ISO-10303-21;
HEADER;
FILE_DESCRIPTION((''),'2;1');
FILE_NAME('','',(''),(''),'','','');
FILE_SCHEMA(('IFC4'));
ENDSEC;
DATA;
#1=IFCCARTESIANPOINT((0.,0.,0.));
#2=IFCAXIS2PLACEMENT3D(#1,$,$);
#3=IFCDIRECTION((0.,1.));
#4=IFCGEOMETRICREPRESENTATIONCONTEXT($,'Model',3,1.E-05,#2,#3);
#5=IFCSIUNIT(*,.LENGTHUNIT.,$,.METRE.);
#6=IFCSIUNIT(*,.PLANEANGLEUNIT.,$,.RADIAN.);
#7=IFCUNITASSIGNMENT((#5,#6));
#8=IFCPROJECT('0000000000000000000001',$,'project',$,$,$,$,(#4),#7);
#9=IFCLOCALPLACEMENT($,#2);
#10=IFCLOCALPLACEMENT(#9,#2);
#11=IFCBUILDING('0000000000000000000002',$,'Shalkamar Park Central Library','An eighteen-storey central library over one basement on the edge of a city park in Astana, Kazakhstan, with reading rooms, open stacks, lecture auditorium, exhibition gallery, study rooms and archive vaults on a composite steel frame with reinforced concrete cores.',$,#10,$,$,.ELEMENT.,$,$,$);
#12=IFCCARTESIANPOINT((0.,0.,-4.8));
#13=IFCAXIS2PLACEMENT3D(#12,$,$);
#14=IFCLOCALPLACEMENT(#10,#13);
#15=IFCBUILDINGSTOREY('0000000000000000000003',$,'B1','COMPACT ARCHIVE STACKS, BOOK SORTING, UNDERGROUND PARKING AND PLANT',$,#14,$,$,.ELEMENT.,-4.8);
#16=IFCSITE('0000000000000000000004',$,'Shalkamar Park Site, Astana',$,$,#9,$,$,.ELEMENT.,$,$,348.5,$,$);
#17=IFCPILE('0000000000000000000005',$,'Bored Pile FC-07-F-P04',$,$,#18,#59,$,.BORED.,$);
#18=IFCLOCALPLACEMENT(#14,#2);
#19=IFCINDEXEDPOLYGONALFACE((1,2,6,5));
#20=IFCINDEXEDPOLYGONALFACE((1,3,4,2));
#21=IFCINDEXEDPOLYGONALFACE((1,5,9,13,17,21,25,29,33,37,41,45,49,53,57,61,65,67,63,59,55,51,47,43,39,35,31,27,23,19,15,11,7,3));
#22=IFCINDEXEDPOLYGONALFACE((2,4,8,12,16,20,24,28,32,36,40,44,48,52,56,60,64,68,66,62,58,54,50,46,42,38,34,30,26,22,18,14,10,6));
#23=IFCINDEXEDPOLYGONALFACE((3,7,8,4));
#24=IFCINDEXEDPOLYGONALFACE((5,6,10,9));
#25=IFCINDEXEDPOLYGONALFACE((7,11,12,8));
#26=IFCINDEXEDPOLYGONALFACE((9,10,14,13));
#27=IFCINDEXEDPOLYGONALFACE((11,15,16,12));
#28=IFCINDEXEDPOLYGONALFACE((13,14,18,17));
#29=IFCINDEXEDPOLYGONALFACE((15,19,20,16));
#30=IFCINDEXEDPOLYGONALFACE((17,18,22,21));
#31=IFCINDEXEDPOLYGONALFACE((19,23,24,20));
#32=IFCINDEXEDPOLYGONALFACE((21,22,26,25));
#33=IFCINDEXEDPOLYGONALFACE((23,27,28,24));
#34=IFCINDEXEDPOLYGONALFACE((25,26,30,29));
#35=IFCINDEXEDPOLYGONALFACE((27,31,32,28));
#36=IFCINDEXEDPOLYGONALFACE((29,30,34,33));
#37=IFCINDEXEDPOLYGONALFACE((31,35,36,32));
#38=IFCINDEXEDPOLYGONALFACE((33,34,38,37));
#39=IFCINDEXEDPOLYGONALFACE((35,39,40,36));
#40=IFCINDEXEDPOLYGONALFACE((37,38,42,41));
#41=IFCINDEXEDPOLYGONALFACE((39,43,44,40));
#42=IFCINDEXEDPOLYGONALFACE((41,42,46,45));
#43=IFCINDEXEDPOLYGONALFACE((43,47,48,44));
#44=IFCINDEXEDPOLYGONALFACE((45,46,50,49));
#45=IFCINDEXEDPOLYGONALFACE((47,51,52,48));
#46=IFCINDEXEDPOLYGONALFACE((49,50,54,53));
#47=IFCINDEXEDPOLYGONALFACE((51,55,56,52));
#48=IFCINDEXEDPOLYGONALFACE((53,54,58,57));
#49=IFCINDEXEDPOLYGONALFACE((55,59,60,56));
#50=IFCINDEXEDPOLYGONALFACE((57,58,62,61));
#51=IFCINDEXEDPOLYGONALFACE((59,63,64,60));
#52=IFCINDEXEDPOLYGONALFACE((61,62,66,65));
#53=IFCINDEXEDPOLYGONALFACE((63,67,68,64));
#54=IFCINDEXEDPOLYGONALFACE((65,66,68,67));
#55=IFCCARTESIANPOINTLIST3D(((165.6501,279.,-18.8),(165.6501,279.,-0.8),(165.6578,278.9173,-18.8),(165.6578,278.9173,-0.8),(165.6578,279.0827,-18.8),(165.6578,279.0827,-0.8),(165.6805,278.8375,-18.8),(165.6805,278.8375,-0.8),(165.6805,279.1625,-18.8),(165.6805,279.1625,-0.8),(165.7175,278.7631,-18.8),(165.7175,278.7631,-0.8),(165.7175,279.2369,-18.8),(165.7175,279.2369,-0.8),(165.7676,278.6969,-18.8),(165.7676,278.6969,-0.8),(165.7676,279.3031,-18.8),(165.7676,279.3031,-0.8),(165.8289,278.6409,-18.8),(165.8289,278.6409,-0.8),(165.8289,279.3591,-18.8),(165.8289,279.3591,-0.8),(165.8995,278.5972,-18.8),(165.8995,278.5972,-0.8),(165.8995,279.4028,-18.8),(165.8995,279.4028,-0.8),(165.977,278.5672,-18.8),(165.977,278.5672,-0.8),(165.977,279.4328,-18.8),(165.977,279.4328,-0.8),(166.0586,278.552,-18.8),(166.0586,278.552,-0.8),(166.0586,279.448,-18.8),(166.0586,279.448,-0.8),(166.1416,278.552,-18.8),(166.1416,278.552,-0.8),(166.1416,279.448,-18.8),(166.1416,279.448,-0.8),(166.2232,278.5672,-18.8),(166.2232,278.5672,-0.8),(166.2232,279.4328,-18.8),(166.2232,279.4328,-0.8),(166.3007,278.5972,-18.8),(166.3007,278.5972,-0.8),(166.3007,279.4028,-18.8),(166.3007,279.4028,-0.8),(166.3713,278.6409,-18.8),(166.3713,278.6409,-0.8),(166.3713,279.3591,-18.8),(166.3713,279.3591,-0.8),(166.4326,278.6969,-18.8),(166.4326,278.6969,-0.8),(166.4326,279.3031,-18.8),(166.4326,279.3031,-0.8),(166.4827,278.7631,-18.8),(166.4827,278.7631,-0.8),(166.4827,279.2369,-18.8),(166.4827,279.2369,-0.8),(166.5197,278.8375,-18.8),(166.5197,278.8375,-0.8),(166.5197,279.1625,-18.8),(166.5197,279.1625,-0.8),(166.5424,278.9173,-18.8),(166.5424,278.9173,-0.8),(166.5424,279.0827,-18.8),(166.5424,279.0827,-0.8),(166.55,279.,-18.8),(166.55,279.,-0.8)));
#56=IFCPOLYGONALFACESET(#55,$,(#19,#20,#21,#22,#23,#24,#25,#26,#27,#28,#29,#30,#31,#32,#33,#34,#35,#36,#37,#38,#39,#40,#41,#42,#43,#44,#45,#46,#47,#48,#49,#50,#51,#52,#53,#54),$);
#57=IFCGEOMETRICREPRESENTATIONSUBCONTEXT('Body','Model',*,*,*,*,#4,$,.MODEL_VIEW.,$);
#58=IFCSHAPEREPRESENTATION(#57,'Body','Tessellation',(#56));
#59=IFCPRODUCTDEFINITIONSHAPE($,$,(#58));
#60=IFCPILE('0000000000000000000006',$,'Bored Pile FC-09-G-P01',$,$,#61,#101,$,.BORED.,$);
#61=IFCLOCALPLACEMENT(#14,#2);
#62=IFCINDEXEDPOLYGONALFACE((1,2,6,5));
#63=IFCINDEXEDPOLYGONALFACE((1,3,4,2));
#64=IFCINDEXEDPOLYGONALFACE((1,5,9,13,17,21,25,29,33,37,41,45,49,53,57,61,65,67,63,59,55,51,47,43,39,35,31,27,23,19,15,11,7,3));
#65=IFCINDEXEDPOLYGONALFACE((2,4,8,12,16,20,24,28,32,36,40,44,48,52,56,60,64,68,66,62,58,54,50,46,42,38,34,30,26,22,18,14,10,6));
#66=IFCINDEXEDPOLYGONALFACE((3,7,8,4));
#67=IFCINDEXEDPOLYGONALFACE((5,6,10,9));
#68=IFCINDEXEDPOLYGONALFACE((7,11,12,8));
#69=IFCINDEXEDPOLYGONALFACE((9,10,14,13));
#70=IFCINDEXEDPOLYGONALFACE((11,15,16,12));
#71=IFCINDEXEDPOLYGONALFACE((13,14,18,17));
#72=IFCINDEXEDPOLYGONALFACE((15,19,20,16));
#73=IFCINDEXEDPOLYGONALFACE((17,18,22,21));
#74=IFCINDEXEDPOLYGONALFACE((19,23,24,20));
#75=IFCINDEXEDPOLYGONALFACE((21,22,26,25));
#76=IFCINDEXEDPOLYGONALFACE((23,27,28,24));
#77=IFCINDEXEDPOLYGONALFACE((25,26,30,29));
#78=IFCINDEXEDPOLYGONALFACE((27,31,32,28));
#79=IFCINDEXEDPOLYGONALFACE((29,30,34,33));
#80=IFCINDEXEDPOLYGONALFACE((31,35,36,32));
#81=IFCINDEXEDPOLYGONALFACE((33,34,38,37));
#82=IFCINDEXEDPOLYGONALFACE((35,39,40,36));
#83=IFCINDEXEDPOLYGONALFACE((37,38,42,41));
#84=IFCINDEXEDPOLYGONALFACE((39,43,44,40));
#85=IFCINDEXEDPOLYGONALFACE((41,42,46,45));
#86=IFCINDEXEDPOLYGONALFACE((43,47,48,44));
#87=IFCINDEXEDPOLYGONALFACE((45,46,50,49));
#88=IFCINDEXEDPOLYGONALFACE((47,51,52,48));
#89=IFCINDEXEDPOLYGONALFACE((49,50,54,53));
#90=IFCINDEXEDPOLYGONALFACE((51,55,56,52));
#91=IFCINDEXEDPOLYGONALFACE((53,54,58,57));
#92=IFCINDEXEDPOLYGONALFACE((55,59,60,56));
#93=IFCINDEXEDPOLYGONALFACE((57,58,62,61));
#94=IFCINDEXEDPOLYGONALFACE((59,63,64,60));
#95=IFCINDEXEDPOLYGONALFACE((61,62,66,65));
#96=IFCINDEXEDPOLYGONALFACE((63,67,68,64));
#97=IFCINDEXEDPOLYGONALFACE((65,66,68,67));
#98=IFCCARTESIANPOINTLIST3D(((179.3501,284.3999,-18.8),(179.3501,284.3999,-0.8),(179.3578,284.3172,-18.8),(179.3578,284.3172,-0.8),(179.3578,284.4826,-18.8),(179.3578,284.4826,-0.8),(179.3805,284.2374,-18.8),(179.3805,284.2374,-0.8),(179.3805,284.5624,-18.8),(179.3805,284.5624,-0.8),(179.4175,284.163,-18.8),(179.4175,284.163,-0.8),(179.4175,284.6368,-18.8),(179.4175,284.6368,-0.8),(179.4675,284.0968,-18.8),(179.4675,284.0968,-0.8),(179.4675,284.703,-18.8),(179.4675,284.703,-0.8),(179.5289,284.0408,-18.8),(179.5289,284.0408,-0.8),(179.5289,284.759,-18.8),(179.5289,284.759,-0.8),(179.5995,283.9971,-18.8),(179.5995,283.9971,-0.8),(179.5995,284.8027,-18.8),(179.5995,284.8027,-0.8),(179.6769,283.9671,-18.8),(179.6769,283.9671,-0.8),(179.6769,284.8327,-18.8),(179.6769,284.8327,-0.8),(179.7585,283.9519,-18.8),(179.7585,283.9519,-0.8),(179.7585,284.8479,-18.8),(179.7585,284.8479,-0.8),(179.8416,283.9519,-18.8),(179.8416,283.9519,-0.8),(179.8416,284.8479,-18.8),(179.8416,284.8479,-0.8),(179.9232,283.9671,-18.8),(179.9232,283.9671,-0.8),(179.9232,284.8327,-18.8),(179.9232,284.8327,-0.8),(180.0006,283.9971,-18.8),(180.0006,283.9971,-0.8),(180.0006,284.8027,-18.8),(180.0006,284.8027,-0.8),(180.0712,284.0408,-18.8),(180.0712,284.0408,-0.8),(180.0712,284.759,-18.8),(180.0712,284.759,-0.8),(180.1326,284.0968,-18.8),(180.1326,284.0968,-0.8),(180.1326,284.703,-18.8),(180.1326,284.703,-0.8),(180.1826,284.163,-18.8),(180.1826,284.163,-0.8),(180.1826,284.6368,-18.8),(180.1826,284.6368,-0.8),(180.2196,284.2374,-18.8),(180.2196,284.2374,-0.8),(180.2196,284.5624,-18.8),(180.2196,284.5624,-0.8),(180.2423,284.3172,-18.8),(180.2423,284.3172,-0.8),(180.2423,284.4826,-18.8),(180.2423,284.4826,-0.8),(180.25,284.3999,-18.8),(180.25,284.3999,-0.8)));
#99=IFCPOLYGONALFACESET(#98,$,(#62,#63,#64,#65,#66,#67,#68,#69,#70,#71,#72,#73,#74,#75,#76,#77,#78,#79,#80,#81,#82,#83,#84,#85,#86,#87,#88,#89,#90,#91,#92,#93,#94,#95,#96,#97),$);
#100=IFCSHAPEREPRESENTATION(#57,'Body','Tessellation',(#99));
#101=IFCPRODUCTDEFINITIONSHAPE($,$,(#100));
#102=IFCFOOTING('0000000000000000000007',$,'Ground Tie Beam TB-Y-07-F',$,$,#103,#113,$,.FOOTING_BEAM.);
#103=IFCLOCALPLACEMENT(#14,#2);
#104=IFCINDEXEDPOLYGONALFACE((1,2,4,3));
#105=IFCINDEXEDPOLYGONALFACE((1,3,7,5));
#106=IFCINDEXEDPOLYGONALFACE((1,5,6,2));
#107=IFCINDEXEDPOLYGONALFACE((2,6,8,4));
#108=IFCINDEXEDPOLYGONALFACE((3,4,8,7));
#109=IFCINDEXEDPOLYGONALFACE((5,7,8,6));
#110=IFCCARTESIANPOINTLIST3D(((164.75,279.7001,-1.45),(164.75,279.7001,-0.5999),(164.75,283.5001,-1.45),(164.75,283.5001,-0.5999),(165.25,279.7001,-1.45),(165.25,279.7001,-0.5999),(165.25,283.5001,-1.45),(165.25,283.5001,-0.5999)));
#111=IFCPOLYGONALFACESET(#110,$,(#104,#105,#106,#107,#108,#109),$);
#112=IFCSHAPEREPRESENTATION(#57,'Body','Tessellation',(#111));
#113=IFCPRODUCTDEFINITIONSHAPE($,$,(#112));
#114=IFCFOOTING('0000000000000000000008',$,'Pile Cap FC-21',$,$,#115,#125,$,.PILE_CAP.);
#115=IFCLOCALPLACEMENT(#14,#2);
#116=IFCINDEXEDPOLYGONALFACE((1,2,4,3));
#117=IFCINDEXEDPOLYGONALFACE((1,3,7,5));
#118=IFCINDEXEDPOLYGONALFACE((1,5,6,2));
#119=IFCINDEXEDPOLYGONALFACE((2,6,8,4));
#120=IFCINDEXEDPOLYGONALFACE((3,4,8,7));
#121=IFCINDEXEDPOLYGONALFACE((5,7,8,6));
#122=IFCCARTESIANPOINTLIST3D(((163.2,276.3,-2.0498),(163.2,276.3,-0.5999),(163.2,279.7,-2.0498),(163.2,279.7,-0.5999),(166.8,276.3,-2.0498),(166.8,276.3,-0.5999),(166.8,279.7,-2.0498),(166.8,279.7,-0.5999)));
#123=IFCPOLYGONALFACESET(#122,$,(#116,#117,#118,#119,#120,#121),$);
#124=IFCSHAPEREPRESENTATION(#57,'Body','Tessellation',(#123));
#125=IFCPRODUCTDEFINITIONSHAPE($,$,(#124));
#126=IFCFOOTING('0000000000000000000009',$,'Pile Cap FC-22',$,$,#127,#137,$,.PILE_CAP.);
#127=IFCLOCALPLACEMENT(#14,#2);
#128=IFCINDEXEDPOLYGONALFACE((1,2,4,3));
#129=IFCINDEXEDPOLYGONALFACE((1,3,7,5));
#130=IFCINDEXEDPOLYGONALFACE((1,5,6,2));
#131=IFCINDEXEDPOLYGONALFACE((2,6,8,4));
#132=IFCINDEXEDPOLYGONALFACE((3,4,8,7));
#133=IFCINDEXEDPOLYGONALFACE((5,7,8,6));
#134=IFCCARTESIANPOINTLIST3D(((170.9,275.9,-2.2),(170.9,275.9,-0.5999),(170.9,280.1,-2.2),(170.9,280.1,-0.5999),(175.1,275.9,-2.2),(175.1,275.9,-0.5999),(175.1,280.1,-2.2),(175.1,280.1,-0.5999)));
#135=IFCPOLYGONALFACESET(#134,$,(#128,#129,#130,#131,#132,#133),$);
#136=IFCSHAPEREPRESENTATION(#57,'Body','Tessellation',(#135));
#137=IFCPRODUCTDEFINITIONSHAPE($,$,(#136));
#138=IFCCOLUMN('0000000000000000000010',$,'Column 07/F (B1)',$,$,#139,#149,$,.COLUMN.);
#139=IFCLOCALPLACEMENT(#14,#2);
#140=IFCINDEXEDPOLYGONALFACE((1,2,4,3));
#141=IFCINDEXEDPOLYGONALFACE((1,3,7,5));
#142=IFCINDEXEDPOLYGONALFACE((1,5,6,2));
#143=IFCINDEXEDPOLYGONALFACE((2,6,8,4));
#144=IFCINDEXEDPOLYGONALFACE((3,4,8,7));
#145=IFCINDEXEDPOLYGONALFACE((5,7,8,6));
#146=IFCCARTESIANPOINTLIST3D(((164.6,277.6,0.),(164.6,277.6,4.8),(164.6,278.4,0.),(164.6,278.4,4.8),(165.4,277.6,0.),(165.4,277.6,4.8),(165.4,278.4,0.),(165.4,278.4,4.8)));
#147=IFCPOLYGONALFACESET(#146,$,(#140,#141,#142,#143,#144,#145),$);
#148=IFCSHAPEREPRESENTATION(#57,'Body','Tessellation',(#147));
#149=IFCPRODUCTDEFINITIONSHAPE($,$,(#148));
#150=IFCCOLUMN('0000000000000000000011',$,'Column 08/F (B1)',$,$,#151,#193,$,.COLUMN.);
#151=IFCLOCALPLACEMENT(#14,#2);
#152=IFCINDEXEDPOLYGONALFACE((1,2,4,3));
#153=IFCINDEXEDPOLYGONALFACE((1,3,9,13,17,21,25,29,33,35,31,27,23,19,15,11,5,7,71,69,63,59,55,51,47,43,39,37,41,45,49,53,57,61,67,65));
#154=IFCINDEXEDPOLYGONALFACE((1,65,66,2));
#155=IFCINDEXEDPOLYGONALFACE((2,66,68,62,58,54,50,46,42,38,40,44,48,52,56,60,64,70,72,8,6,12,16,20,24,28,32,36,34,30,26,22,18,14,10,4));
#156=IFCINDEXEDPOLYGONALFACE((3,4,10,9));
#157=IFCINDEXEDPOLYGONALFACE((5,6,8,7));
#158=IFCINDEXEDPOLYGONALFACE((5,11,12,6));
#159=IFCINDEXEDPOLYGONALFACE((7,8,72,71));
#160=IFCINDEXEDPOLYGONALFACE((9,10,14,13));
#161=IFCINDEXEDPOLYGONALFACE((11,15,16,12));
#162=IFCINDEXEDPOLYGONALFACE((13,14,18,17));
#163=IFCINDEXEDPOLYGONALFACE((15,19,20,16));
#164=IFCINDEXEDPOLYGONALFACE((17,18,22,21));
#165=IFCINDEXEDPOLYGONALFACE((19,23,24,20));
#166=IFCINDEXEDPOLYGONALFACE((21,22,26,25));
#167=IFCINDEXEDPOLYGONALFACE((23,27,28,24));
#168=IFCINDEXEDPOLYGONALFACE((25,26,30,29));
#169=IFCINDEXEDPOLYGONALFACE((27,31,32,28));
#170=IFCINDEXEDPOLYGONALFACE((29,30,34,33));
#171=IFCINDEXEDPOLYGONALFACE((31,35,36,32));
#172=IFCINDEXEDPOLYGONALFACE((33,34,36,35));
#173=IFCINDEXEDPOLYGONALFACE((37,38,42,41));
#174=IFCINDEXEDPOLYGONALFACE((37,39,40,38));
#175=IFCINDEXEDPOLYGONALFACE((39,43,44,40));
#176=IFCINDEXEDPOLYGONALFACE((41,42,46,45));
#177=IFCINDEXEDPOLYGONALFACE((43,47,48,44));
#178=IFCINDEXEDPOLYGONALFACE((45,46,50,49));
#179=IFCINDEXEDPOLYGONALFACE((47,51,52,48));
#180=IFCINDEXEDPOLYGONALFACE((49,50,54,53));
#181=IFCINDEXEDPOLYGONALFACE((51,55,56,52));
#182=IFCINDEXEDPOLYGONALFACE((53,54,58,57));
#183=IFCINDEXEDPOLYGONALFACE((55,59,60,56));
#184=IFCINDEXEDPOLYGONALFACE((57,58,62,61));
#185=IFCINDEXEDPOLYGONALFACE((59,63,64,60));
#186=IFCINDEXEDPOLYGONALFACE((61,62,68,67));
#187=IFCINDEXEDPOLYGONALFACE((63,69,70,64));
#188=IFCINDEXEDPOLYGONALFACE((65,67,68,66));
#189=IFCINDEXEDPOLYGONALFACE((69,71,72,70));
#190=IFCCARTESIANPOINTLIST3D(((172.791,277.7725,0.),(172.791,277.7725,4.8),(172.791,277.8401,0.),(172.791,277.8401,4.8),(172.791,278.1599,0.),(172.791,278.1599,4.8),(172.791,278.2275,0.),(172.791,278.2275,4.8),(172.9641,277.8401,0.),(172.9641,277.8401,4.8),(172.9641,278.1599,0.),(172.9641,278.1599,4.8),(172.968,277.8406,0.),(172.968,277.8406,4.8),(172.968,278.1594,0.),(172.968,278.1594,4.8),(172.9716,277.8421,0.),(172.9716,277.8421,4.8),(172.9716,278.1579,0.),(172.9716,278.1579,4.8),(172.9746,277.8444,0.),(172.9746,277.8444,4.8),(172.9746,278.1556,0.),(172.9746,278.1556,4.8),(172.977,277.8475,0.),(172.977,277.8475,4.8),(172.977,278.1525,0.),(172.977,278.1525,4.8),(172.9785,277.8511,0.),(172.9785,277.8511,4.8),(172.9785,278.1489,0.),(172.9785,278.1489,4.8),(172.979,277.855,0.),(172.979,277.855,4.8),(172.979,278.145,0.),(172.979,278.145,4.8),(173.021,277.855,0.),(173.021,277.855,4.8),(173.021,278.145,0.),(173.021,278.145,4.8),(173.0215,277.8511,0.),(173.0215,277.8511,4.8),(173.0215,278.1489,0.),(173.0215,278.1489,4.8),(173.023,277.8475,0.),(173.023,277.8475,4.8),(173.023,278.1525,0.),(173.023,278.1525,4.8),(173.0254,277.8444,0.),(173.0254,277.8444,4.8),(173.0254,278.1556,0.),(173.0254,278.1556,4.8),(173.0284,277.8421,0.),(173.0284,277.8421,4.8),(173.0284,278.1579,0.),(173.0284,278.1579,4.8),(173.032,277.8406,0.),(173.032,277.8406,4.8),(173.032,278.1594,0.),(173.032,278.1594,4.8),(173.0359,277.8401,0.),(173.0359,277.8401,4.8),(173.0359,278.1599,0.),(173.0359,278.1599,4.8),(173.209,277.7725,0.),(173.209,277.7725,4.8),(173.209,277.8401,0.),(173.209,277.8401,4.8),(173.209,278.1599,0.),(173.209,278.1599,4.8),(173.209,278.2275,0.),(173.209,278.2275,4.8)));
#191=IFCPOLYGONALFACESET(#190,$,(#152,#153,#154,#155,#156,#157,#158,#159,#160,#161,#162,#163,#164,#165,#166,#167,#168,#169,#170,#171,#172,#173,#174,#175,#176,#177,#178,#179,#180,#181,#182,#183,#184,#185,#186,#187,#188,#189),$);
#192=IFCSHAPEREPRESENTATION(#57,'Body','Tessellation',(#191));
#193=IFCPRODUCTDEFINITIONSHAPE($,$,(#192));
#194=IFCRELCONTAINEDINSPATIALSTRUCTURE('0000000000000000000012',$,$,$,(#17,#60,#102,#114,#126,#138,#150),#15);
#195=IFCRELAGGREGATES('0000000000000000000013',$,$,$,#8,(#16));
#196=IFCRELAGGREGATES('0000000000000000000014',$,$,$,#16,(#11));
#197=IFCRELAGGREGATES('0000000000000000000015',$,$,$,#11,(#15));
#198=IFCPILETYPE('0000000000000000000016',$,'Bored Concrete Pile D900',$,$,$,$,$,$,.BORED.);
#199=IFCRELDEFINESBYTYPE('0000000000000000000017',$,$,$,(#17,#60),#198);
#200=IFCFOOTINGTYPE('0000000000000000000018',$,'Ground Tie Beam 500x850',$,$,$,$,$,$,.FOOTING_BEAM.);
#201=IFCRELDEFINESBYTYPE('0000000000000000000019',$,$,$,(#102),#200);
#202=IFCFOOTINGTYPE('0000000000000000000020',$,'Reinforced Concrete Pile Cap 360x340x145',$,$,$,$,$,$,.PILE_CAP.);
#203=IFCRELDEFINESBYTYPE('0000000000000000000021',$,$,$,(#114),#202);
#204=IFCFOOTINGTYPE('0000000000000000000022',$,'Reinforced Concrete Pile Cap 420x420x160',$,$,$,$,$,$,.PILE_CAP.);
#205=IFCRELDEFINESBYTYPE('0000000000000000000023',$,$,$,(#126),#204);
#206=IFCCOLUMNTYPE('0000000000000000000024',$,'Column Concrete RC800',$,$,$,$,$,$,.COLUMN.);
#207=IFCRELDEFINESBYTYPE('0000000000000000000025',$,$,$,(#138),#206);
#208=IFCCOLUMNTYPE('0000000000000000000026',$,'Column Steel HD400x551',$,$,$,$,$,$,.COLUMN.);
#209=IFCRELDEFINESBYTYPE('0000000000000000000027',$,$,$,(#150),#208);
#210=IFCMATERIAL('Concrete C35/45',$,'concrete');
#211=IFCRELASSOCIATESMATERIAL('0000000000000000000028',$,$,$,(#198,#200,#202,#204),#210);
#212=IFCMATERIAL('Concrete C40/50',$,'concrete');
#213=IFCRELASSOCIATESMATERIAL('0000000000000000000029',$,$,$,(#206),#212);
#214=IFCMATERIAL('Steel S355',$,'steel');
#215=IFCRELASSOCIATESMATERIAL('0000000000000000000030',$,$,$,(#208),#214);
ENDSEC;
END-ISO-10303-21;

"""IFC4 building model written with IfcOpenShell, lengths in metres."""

from ifc_helpers import new_model, si_unit, direction, frame, origin, origin_2d, place, context, subcontext, project, spatial, rectangle, circle, i_section, extrude, material, material_profile, profile_set, type_object, element, save


model = new_model("IFC4")

# Units and contexts
model_context = context("Model", 3, precision=1e-05, world=origin(), true_north=direction((0.0, 1.0)))
body_context = subcontext(model_context, "Body", "Model", "MODEL_VIEW")
ifc_project = project(units=[si_unit("LENGTHUNIT", "METRE"), si_unit("PLANEANGLEUNIT", "RADIAN")], contexts=[model_context])

# Site, building, storey
site_placement = place(None, origin())
site = spatial("IfcSite", under=ifc_project, at=site_placement, Name="Shalkamar Park Site, Astana", CompositionType="ELEMENT", RefElevation=348.5)
building_placement = place(site_placement, origin())
building = spatial("IfcBuilding", under=site, at=building_placement, Name="Shalkamar Park Central Library", Description="An eighteen-storey central library over one basement on the edge of a city park in Astana, Kazakhstan, with reading rooms, open stacks, lecture auditorium, exhibition gallery, study rooms and archive vaults on a composite steel frame with reinforced concrete cores.", CompositionType="ELEMENT")
storey_placement = place(building_placement, frame((0.0, 0.0, -4.8)))
storey = spatial("IfcBuildingStorey", under=building, at=storey_placement, Name="B1", Description="COMPACT ARCHIVE STACKS, BOOK SORTING, UNDERGROUND PARKING AND PLANT", CompositionType="ELEMENT", Elevation=-4.8)

# Piles
ifc_material_1 = material(Name="Concrete C35/45", Category="concrete")
ifc_material_profile_1 = material_profile(ifc_material_1, circle(Radius=0.45, at=origin_2d()), Name="PILE D900")
ifc_profile_set_1 = profile_set([ifc_material_profile_1], Name="Concrete C35/45")
pile_type_1 = type_object("IfcPileType", Name="Bored Concrete Pile D900", PredefinedType="BORED", material=ifc_profile_set_1)
for number, where, z_axis, x_axis, name in (
    (1, (166.1001, 279.0, -0.8), (0.0, 0.0, -1.0), (1.0, 0.0, 0.0), "Bored Pile FC-07-F-P04"),
    (2, (179.8, 284.3999, -0.8), (0.0, 0.0, -1.0), (1.0, 0.0, 0.0), "Bored Pile FC-09-G-P01"),
):
    element("IfcPile", number, at=place(storey_placement, frame(where, z_axis=z_axis, x_axis=x_axis)), inside=storey, type_object=pile_type_1, Name=name, PredefinedType="BORED", context=body_context, shape_type="SweptSolid", body=[
        extrude(circle(Radius=0.45, at=origin_2d()), origin(), (0.0, 0.0, 1.0), 18.0),
    ])

# Footings
footing_type_1 = type_object("IfcFootingType", Name="Ground Tie Beam 500x850", PredefinedType="FOOTING_BEAM", material=ifc_material_1)
footing_1_placement = place(storey_placement, frame((165.0, 281.6001, -1.45), z_axis=(0.0, 0.0, 1.0), x_axis=(0.0, 1.0, 0.0)))
element("IfcFooting", 3, at=footing_1_placement, inside=storey, type_object=footing_type_1, Name="Ground Tie Beam TB-Y-07-F", PredefinedType="FOOTING_BEAM", context=body_context, shape_type="SweptSolid", body=[
    extrude(rectangle(XDim=3.8, YDim=0.5, at=origin_2d()), origin(), (0.0, 0.0, 1.0), 0.8501),
])
footing_type_2 = type_object("IfcFootingType", Name="Reinforced Concrete Pile Cap 360x340x145", PredefinedType="PILE_CAP", material=ifc_material_1)
footing_2_placement = place(storey_placement, frame((165.0, 278.0, -2.0498), z_axis=(0.0, 0.0, 1.0), x_axis=(1.0, 0.0, 0.0)))
element("IfcFooting", 4, at=footing_2_placement, inside=storey, type_object=footing_type_2, Name="Pile Cap FC-21", PredefinedType="PILE_CAP", context=body_context, shape_type="SweptSolid", body=[
    extrude(rectangle(XDim=3.6001, YDim=3.3999, at=origin_2d()), origin(), (0.0, 0.0, 1.0), 1.45),
])
footing_type_3 = type_object("IfcFootingType", Name="Reinforced Concrete Pile Cap 420x420x160", PredefinedType="PILE_CAP", material=ifc_material_1)
footing_3_placement = place(storey_placement, frame((173.0, 278.0, -2.2), z_axis=(0.0, 0.0, 1.0), x_axis=(1.0, 0.0, 0.0)))
element("IfcFooting", 5, at=footing_3_placement, inside=storey, type_object=footing_type_3, Name="Pile Cap FC-22", PredefinedType="PILE_CAP", context=body_context, shape_type="SweptSolid", body=[
    extrude(rectangle(XDim=4.2, YDim=4.2, at=origin_2d()), origin(), (0.0, 0.0, 1.0), 1.6001),
])

# Columns
ifc_material_2 = material(Name="Concrete C40/50", Category="concrete")
ifc_material_profile_2 = material_profile(ifc_material_2, rectangle(XDim=0.8, YDim=0.8, at=origin_2d()), Name="RC 800x800")
ifc_profile_set_2 = profile_set([ifc_material_profile_2], Name="Concrete C40/50")
column_type_1 = type_object("IfcColumnType", Name="Column Concrete RC800", PredefinedType="COLUMN", material=ifc_profile_set_2)
column_1_placement = place(storey_placement, frame((165.0, 278.0, 0.0), z_axis=(0.0, 0.0, 1.0), x_axis=(1.0, 0.0, 0.0)))
element("IfcColumn", 6, at=column_1_placement, inside=storey, type_object=column_type_1, Name="Column 07/F (B1)", PredefinedType="COLUMN", context=body_context, shape_type="SweptSolid", body=[
    extrude(rectangle(XDim=0.8, YDim=0.8, at=origin_2d()), origin(), (0.0, 0.0, 1.0), 4.8),
])
ifc_material_3 = material(Name="Steel S355", Category="steel")
ifc_material_profile_3 = material_profile(ifc_material_3, i_section(OverallWidth=0.418, OverallDepth=0.4551, WebThickness=0.042, FlangeThickness=0.0676, FilletRadius=0.0149, at=origin_2d()), Name="HD 400x551")
ifc_profile_set_3 = profile_set([ifc_material_profile_3], Name="Steel S355")
column_type_2 = type_object("IfcColumnType", Name="Column Steel HD400x551", PredefinedType="COLUMN", material=ifc_profile_set_3)
column_2_placement = place(storey_placement, frame((173.0, 278.0, 0.0), z_axis=(0.0, 0.0, 1.0), x_axis=(1.0, 0.0, 0.0)))
element("IfcColumn", 7, at=column_2_placement, inside=storey, type_object=column_type_2, Name="Column 08/F (B1)", PredefinedType="COLUMN", context=body_context, shape_type="SweptSolid", body=[
    extrude(i_section(OverallWidth=0.418, OverallDepth=0.4551, WebThickness=0.042, FlangeThickness=0.0676, FilletRadius=0.0149, at=origin_2d()), origin(), (0.0, 0.0, 1.0), 4.8),
])

save(model, "model.ifc")
